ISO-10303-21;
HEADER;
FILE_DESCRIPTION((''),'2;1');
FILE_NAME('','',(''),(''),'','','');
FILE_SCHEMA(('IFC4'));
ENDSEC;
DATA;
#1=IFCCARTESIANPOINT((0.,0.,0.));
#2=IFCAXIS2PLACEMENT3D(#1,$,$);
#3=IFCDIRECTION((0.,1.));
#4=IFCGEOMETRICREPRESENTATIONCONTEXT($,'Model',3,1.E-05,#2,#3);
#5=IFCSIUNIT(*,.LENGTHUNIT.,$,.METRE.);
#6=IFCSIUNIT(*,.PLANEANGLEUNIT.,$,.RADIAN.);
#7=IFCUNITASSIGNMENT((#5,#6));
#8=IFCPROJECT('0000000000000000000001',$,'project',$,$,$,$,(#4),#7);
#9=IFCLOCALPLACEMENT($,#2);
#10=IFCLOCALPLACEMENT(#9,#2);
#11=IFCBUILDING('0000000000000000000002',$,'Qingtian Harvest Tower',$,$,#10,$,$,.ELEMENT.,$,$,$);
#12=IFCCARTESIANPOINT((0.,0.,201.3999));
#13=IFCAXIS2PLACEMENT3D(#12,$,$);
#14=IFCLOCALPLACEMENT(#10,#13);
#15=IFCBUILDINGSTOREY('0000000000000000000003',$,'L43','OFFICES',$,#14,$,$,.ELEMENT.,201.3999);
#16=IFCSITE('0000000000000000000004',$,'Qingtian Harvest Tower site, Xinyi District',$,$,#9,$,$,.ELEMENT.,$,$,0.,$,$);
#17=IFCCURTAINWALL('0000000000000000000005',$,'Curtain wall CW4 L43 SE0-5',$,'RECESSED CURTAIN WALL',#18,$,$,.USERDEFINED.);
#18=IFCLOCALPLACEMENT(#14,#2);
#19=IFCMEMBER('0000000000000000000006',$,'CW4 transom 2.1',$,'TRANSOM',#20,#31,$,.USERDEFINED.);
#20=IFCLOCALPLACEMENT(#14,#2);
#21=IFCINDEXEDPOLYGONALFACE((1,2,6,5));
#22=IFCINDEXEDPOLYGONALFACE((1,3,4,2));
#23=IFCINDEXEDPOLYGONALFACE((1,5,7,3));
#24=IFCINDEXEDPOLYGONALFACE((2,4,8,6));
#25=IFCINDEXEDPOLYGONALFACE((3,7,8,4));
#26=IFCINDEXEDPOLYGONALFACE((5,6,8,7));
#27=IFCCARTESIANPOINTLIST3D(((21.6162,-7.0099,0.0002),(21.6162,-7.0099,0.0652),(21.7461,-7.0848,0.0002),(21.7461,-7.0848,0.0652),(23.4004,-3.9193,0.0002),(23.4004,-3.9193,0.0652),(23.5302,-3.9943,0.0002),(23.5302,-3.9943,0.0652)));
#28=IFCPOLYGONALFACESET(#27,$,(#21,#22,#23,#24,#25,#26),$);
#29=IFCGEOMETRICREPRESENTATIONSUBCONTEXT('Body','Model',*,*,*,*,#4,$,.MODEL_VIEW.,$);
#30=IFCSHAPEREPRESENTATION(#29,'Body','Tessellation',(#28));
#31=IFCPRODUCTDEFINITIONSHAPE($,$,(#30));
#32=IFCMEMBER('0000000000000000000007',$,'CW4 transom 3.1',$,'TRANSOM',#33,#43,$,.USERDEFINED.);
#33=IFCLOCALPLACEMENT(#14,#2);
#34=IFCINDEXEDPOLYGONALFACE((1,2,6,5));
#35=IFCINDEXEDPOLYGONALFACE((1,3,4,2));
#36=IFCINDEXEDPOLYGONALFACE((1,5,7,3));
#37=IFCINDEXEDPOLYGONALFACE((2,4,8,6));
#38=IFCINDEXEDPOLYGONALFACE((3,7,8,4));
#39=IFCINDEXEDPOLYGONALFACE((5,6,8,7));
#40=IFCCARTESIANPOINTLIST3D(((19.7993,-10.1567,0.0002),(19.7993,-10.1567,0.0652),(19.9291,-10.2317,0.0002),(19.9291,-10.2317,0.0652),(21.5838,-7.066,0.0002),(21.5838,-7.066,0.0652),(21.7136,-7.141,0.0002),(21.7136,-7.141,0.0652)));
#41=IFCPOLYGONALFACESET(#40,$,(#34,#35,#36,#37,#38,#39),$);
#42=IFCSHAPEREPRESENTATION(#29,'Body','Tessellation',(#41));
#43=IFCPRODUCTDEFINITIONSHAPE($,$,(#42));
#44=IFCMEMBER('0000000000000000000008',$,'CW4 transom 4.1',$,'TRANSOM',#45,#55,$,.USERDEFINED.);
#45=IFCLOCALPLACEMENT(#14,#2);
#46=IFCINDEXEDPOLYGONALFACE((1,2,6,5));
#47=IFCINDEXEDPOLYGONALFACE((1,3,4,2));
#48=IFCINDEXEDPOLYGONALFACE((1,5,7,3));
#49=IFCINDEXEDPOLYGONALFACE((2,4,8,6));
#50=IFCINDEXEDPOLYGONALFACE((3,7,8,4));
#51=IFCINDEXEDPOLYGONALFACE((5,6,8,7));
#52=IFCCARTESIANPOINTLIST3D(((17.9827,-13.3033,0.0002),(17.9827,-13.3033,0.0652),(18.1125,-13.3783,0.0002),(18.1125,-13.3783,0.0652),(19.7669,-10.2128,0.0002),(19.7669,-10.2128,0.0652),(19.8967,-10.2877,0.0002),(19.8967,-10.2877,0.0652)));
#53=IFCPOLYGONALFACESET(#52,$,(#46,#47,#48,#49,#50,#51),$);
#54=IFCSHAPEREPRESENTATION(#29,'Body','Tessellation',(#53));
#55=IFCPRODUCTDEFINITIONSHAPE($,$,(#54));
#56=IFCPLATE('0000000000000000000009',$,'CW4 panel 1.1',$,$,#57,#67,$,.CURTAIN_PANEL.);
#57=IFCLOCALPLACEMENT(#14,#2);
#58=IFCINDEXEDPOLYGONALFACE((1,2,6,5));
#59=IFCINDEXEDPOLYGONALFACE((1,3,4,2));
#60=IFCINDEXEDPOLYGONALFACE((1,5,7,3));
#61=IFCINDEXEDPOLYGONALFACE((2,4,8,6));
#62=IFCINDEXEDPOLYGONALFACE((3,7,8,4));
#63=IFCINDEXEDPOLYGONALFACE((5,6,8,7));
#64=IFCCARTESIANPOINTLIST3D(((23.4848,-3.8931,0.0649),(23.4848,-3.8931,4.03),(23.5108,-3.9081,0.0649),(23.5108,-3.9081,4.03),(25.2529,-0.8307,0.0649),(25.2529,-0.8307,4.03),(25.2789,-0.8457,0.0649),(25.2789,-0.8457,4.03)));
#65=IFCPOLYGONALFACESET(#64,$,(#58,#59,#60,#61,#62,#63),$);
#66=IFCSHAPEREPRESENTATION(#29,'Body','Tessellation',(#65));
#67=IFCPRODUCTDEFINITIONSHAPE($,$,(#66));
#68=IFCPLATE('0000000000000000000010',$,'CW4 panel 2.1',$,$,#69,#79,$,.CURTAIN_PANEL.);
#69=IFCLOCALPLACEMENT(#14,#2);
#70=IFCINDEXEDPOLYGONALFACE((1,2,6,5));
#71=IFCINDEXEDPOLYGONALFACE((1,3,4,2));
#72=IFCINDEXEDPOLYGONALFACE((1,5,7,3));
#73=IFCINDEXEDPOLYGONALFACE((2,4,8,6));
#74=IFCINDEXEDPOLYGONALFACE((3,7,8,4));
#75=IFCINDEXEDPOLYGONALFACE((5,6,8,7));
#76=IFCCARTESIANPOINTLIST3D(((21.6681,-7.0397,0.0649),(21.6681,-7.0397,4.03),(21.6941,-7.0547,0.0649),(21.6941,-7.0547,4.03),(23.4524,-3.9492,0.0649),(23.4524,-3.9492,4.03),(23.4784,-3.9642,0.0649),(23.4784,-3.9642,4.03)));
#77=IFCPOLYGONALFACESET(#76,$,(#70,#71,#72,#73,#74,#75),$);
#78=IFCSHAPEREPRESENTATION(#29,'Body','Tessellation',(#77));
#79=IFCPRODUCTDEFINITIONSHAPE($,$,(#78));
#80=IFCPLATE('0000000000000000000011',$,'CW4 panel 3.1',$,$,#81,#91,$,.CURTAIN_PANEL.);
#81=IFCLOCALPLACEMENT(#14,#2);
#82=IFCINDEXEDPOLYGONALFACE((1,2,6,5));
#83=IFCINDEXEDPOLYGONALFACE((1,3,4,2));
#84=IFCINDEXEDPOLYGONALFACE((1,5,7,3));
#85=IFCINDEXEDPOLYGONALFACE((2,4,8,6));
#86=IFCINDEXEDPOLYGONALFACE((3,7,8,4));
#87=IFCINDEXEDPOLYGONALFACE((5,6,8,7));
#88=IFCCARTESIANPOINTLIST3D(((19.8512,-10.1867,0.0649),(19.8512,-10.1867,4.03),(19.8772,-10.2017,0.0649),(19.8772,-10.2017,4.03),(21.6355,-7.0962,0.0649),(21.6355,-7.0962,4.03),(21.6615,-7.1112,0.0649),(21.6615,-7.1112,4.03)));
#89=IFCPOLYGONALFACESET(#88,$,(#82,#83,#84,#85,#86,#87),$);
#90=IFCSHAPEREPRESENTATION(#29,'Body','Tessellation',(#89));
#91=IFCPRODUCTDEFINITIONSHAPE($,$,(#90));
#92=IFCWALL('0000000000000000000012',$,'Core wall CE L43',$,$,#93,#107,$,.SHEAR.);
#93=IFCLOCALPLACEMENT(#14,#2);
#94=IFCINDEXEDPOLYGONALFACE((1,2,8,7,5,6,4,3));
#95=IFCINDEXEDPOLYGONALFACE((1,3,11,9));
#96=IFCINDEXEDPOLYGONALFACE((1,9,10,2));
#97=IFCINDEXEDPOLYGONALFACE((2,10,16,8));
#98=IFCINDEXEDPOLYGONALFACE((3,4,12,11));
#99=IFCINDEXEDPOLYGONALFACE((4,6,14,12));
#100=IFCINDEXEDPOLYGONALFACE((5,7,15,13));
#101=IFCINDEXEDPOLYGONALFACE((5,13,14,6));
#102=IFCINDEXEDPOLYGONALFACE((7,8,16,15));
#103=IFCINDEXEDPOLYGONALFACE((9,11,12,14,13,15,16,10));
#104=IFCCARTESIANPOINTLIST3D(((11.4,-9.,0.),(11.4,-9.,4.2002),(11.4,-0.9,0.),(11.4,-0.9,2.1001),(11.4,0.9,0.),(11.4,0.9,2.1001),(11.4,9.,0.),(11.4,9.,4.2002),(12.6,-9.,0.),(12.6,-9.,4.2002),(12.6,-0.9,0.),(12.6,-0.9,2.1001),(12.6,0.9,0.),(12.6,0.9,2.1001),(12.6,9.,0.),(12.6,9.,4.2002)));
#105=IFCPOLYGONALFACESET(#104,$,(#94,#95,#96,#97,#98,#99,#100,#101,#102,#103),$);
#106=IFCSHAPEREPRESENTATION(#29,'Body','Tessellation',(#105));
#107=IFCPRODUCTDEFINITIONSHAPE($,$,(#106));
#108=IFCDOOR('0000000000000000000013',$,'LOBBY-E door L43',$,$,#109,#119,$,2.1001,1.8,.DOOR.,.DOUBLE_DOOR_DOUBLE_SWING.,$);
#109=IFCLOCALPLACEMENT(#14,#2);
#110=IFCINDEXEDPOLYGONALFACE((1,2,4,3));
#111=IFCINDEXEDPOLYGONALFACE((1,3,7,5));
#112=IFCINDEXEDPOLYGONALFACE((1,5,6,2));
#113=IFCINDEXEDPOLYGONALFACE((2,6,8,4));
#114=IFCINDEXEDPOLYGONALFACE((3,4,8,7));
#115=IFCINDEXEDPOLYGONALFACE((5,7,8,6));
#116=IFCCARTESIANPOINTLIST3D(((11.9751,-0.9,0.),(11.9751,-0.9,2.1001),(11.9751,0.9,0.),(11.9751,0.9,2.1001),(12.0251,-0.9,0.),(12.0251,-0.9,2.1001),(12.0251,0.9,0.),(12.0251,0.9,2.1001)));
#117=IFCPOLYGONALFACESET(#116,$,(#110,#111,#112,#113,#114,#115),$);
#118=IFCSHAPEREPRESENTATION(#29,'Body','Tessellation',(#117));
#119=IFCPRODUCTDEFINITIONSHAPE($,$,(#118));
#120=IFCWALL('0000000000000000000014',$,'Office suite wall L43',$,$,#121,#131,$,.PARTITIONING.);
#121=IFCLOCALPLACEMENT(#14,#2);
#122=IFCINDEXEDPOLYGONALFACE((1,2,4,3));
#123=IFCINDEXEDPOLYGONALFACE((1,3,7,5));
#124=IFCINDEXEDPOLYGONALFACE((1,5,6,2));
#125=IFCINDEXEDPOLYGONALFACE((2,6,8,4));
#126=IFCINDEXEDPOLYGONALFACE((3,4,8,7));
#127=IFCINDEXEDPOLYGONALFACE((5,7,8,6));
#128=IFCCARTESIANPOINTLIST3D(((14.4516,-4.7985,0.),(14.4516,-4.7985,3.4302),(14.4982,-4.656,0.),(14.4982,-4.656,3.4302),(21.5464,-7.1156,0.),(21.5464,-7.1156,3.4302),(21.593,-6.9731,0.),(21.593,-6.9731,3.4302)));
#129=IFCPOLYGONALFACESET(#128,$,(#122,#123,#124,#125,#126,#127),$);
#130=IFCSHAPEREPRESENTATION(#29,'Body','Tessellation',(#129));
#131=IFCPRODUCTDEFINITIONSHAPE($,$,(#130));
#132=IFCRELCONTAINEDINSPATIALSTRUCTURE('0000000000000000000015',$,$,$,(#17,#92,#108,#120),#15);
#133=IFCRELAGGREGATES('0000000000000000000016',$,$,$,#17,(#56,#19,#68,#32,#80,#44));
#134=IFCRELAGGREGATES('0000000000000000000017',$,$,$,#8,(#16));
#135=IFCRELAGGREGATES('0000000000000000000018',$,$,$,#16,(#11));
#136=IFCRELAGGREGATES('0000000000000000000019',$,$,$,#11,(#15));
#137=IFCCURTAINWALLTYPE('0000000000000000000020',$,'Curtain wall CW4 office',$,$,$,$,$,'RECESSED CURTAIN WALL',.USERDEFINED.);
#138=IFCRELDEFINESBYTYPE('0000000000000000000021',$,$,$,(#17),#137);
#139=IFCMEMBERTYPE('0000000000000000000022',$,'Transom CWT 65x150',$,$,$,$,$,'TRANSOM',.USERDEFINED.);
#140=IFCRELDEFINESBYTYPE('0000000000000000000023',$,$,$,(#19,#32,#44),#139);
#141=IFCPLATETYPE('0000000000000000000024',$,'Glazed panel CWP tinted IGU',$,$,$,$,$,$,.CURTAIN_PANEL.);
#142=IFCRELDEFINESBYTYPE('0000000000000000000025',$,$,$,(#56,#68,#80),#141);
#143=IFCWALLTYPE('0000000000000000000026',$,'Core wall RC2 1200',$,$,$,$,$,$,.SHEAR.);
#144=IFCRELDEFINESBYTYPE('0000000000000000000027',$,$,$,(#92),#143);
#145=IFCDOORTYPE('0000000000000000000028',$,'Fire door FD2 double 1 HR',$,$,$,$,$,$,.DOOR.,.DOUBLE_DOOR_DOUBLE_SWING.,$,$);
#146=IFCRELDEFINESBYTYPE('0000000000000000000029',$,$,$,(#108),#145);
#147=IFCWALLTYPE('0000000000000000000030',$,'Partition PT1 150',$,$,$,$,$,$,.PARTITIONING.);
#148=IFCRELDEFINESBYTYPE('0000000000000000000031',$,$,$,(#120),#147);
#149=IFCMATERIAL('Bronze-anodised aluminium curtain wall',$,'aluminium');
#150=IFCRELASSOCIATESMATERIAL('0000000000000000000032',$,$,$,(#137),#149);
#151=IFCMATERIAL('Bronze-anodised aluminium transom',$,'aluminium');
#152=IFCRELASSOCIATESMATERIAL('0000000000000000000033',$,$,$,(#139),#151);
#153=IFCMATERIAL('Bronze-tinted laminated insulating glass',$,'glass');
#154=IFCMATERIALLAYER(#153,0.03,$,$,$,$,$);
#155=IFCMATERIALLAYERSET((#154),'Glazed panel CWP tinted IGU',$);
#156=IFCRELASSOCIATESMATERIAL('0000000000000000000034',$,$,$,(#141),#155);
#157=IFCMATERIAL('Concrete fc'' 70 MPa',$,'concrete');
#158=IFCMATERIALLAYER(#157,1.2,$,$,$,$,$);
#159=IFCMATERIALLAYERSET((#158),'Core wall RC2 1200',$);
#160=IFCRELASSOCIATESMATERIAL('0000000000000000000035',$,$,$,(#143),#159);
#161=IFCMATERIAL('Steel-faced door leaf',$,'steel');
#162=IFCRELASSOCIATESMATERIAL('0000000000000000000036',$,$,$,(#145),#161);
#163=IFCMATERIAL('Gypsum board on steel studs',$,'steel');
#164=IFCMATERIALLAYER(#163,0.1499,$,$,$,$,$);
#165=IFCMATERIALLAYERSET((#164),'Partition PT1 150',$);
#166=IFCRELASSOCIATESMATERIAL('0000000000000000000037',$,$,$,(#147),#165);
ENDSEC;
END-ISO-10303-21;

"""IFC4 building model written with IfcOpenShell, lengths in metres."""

from ifc_helpers import new_model, si_unit, direction, frame, frame_2d, origin, origin_2d, place, context, subcontext, project, spatial, rectangle, extrude, material, layer, layer_set, material_profile, profile_set, type_object, element, fill, aggregate, save


model = new_model("IFC4")

# Units and contexts
model_context = context("Model", 3, precision=1e-05, world=origin(), true_north=direction((0.0, 1.0)))
body_context = subcontext(model_context, "Body", "Model", "MODEL_VIEW")
ifc_project = project(units=[si_unit("LENGTHUNIT", "METRE"), si_unit("PLANEANGLEUNIT", "RADIAN")], contexts=[model_context])

# Site, building, storey
site_placement = place(None, origin())
site = spatial("IfcSite", under=ifc_project, at=site_placement, Name="Qingtian Harvest Tower site, Xinyi District", CompositionType="ELEMENT", RefElevation=0.0)
building_placement = place(site_placement, origin())
building = spatial("IfcBuilding", under=site, at=building_placement, Name="Qingtian Harvest Tower", CompositionType="ELEMENT")
storey_placement = place(building_placement, frame((0.0, 0.0, 201.3999)))
storey = spatial("IfcBuildingStorey", under=building, at=storey_placement, Name="L43", Description="OFFICES", CompositionType="ELEMENT", Elevation=201.3999)

# Shared definitions
ifc_material_1 = material(Name="Bronze-anodised aluminium curtain wall", Category="aluminium")
curtain_wall_type = type_object("IfcCurtainWallType", Name="Curtain wall CW4 office", ElementType="RECESSED CURTAIN WALL", PredefinedType="USERDEFINED", material=ifc_material_1)

# Curtain wall
curtain_wall_1_placement = place(storey_placement, origin())
curtain_wall_1 = element("IfcCurtainWall", 1, at=curtain_wall_1_placement, inside=storey, type_object=curtain_wall_type, Name="Curtain wall CW4 L43 SE0-5", ObjectType="RECESSED CURTAIN WALL", PredefinedType="USERDEFINED")

# Members
ifc_material_2 = material(Name="Bronze-anodised aluminium transom", Category="aluminium")
ifc_material_profile_1 = material_profile(ifc_material_2, rectangle(XDim=0.1499, YDim=0.0649, at=origin_2d()), Name="AL 65x150")
ifc_profile_set_1 = profile_set([ifc_material_profile_1], Name="Bronze-anodised aluminium transom")
member_type_1 = type_object("IfcMemberType", Name="Transom CWT 65x150", ElementType="TRANSOM", PredefinedType="USERDEFINED", material=ifc_profile_set_1)
member_1_placement = place(storey_placement, frame((23.4653, -3.9568, 0.0327), z_axis=(-0.499965, -0.866045, 0.0), x_axis=(0.866045, -0.499965, 0.0)))
member_1 = element("IfcMember", 2, at=member_1_placement, type_object=member_type_1, Name="CW4 transom 2.1", ObjectType="TRANSOM", PredefinedType="USERDEFINED", context=body_context, shape_type="SweptSolid", body=[
    extrude(rectangle(XDim=0.1499, YDim=0.0649, at=origin_2d()), origin(), (0.0, 0.0, 1.0), 3.5686),
])
member_2_placement = place(storey_placement, frame((21.6487, -7.1035, 0.0327), z_axis=(-0.500017, -0.866016, 0.0), x_axis=(0.866016, -0.500017, 0.0)))
member_2 = element("IfcMember", 3, at=member_2_placement, type_object=member_type_1, Name="CW4 transom 3.1", ObjectType="TRANSOM", PredefinedType="USERDEFINED", context=body_context, shape_type="SweptSolid", body=[
    extrude(rectangle(XDim=0.1499, YDim=0.0649, at=origin_2d()), origin(), (0.0, 0.0, 1.0), 3.5688),
])
member_3_placement = place(storey_placement, frame((19.8318, -10.2502, 0.0327), z_axis=(-0.499965, -0.866045, 0.0), x_axis=(0.866045, -0.499965, 0.0)))
member_3 = element("IfcMember", 4, at=member_3_placement, type_object=member_type_1, Name="CW4 transom 4.1", ObjectType="TRANSOM", PredefinedType="USERDEFINED", context=body_context, shape_type="SweptSolid", body=[
    extrude(rectangle(XDim=0.1499, YDim=0.0649, at=origin_2d()), origin(), (0.0, 0.0, 1.0), 3.5686),
])

# Plates
ifc_material_3 = material(Name="Bronze-tinted laminated insulating glass", Category="glass")
ifc_layer_1 = layer(ifc_material_3, 0.03)
ifc_layer_set_1 = layer_set([ifc_layer_1], Name="Glazed panel CWP tinted IGU")
plate_type = type_object("IfcPlateType", Name="Glazed panel CWP tinted IGU", PredefinedType="CURTAIN_PANEL", material=ifc_layer_set_1)
plate_1_placement = place(storey_placement, frame((24.3818, -2.3694, 0.0649), z_axis=(0.0, 0.0, 1.0), x_axis=(-0.5, -0.866025, 0.0)))
plate_1 = element("IfcPlate", 5, at=plate_1_placement, type_object=plate_type, Name="CW4 panel 1.1", PredefinedType="CURTAIN_PANEL", context=body_context, shape_type="SweptSolid", body=[
    extrude(rectangle(XDim=3.5361, YDim=0.03, at=origin_2d()), origin(), (0.0, 0.0, 1.0), 3.9651),
])
plate_2_placement = place(storey_placement, frame((22.5732, -5.502, 0.0649), z_axis=(0.0, 0.0, 1.0), x_axis=(-0.5, -0.866025, 0.0)))
plate_2 = element("IfcPlate", 6, at=plate_2_placement, type_object=plate_type, Name="CW4 panel 2.1", PredefinedType="CURTAIN_PANEL", context=body_context, shape_type="SweptSolid", body=[
    extrude(rectangle(XDim=3.5686, YDim=0.03, at=origin_2d()), origin(), (0.0, 0.0, 1.0), 3.9651),
])
plate_3_placement = place(storey_placement, frame((20.7563, -8.6489, 0.0649), z_axis=(0.0, 0.0, 1.0), x_axis=(-0.5, -0.866025, 0.0)))
plate_3 = element("IfcPlate", 7, at=plate_3_placement, type_object=plate_type, Name="CW4 panel 3.1", PredefinedType="CURTAIN_PANEL", context=body_context, shape_type="SweptSolid", body=[
    extrude(rectangle(XDim=3.5686, YDim=0.03, at=origin_2d()), origin(), (0.0, 0.0, 1.0), 3.9651),
])
aggregate(curtain_wall_1, [plate_1, member_1, plate_2, member_2, plate_3, member_3])

# Wall, opening, door
ifc_material_4 = material(Name="Concrete fc' 70 MPa", Category="concrete")
ifc_layer_2 = layer(ifc_material_4, 1.2)
ifc_layer_set_2 = layer_set([ifc_layer_2], Name="Core wall RC2 1200")
wall_type_1 = type_object("IfcWallType", Name="Core wall RC2 1200", PredefinedType="SHEAR", material=ifc_layer_set_2)
wall_1_placement = place(storey_placement, frame((12.0, -9.0, 0.0), z_axis=(0.0, 0.0, 1.0), x_axis=(0.0, 1.0, 0.0)))
wall_1 = element("IfcWall", 8, at=wall_1_placement, inside=storey, type_object=wall_type_1, Name="Core wall CE L43", PredefinedType="SHEAR", context=body_context, shape_type="SweptSolid", body=[
    extrude(rectangle(XDim=18.0, YDim=1.2, at=frame_2d((9.0, 0.0))), origin(), (0.0, 0.0, 1.0), 4.2002),
])
opening_1_placement = place(wall_1_placement, frame((8.1001, 0.0, 0.0)))
opening_1 = element("IfcOpeningElement", 9, at=opening_1_placement, cuts=wall_1, PredefinedType="OPENING", context=body_context, shape_type="SweptSolid", body=[
    extrude(rectangle(XDim=1.8, YDim=2.1001, at=frame_2d((0.8999, 1.05))), frame((0.0, 0.6099, 0.0), z_axis=(0.0, -1.0, 0.0), x_axis=(1.0, 0.0, 0.0)), (0.0, 0.0, 1.0), 1.22),
])
ifc_material_5 = material(Name="Steel-faced door leaf", Category="steel")
door_type_1 = type_object("IfcDoorType", Name="Fire door FD2 double 1 HR", OperationType="DOUBLE_DOOR_DOUBLE_SWING", PredefinedType="DOOR", material=ifc_material_5)
door_1_placement = place(opening_1_placement, origin())
door_1 = element("IfcDoor", 10, at=door_1_placement, inside=storey, type_object=door_type_1, Name="LOBBY-E door L43", OperationType="DOUBLE_DOOR_DOUBLE_SWING", OverallHeight=2.1001, OverallWidth=1.8, PredefinedType="DOOR", context=body_context, shape_type="SweptSolid", body=[
    extrude(rectangle(XDim=1.8, YDim=2.1001, at=frame_2d((0.8999, 1.05))), frame((0.0, 0.0249, 0.0), z_axis=(0.0, -1.0, 0.0), x_axis=(1.0, 0.0, 0.0)), (0.0, 0.0, 1.0), 0.05),
])
fill(opening_1, door_1)

# Wall
ifc_material_6 = material(Name="Gypsum board on steel studs", Category="steel")
ifc_layer_3 = layer(ifc_material_6, 0.1499)
ifc_layer_set_3 = layer_set([ifc_layer_3], Name="Partition PT1 150")
wall_type_2 = type_object("IfcWallType", Name="Partition PT1 150", PredefinedType="PARTITIONING", material=ifc_layer_set_3)
wall_2_placement = place(storey_placement, frame((21.5698, -7.0444, 0.0), z_axis=(0.0, 0.0, 1.0), x_axis=(-0.950586, 0.310462, 0.0)))
element("IfcWall", 11, at=wall_2_placement, inside=storey, type_object=wall_type_2, Name="Office suite wall L43", PredefinedType="PARTITIONING", context=body_context, shape_type="SweptSolid", body=[
    extrude(rectangle(XDim=7.4636, YDim=0.1499, at=frame_2d((3.7319, 0.0))), origin(), (0.0, 0.0, 1.0), 3.4302),
])

save(model, "model.ifc")
